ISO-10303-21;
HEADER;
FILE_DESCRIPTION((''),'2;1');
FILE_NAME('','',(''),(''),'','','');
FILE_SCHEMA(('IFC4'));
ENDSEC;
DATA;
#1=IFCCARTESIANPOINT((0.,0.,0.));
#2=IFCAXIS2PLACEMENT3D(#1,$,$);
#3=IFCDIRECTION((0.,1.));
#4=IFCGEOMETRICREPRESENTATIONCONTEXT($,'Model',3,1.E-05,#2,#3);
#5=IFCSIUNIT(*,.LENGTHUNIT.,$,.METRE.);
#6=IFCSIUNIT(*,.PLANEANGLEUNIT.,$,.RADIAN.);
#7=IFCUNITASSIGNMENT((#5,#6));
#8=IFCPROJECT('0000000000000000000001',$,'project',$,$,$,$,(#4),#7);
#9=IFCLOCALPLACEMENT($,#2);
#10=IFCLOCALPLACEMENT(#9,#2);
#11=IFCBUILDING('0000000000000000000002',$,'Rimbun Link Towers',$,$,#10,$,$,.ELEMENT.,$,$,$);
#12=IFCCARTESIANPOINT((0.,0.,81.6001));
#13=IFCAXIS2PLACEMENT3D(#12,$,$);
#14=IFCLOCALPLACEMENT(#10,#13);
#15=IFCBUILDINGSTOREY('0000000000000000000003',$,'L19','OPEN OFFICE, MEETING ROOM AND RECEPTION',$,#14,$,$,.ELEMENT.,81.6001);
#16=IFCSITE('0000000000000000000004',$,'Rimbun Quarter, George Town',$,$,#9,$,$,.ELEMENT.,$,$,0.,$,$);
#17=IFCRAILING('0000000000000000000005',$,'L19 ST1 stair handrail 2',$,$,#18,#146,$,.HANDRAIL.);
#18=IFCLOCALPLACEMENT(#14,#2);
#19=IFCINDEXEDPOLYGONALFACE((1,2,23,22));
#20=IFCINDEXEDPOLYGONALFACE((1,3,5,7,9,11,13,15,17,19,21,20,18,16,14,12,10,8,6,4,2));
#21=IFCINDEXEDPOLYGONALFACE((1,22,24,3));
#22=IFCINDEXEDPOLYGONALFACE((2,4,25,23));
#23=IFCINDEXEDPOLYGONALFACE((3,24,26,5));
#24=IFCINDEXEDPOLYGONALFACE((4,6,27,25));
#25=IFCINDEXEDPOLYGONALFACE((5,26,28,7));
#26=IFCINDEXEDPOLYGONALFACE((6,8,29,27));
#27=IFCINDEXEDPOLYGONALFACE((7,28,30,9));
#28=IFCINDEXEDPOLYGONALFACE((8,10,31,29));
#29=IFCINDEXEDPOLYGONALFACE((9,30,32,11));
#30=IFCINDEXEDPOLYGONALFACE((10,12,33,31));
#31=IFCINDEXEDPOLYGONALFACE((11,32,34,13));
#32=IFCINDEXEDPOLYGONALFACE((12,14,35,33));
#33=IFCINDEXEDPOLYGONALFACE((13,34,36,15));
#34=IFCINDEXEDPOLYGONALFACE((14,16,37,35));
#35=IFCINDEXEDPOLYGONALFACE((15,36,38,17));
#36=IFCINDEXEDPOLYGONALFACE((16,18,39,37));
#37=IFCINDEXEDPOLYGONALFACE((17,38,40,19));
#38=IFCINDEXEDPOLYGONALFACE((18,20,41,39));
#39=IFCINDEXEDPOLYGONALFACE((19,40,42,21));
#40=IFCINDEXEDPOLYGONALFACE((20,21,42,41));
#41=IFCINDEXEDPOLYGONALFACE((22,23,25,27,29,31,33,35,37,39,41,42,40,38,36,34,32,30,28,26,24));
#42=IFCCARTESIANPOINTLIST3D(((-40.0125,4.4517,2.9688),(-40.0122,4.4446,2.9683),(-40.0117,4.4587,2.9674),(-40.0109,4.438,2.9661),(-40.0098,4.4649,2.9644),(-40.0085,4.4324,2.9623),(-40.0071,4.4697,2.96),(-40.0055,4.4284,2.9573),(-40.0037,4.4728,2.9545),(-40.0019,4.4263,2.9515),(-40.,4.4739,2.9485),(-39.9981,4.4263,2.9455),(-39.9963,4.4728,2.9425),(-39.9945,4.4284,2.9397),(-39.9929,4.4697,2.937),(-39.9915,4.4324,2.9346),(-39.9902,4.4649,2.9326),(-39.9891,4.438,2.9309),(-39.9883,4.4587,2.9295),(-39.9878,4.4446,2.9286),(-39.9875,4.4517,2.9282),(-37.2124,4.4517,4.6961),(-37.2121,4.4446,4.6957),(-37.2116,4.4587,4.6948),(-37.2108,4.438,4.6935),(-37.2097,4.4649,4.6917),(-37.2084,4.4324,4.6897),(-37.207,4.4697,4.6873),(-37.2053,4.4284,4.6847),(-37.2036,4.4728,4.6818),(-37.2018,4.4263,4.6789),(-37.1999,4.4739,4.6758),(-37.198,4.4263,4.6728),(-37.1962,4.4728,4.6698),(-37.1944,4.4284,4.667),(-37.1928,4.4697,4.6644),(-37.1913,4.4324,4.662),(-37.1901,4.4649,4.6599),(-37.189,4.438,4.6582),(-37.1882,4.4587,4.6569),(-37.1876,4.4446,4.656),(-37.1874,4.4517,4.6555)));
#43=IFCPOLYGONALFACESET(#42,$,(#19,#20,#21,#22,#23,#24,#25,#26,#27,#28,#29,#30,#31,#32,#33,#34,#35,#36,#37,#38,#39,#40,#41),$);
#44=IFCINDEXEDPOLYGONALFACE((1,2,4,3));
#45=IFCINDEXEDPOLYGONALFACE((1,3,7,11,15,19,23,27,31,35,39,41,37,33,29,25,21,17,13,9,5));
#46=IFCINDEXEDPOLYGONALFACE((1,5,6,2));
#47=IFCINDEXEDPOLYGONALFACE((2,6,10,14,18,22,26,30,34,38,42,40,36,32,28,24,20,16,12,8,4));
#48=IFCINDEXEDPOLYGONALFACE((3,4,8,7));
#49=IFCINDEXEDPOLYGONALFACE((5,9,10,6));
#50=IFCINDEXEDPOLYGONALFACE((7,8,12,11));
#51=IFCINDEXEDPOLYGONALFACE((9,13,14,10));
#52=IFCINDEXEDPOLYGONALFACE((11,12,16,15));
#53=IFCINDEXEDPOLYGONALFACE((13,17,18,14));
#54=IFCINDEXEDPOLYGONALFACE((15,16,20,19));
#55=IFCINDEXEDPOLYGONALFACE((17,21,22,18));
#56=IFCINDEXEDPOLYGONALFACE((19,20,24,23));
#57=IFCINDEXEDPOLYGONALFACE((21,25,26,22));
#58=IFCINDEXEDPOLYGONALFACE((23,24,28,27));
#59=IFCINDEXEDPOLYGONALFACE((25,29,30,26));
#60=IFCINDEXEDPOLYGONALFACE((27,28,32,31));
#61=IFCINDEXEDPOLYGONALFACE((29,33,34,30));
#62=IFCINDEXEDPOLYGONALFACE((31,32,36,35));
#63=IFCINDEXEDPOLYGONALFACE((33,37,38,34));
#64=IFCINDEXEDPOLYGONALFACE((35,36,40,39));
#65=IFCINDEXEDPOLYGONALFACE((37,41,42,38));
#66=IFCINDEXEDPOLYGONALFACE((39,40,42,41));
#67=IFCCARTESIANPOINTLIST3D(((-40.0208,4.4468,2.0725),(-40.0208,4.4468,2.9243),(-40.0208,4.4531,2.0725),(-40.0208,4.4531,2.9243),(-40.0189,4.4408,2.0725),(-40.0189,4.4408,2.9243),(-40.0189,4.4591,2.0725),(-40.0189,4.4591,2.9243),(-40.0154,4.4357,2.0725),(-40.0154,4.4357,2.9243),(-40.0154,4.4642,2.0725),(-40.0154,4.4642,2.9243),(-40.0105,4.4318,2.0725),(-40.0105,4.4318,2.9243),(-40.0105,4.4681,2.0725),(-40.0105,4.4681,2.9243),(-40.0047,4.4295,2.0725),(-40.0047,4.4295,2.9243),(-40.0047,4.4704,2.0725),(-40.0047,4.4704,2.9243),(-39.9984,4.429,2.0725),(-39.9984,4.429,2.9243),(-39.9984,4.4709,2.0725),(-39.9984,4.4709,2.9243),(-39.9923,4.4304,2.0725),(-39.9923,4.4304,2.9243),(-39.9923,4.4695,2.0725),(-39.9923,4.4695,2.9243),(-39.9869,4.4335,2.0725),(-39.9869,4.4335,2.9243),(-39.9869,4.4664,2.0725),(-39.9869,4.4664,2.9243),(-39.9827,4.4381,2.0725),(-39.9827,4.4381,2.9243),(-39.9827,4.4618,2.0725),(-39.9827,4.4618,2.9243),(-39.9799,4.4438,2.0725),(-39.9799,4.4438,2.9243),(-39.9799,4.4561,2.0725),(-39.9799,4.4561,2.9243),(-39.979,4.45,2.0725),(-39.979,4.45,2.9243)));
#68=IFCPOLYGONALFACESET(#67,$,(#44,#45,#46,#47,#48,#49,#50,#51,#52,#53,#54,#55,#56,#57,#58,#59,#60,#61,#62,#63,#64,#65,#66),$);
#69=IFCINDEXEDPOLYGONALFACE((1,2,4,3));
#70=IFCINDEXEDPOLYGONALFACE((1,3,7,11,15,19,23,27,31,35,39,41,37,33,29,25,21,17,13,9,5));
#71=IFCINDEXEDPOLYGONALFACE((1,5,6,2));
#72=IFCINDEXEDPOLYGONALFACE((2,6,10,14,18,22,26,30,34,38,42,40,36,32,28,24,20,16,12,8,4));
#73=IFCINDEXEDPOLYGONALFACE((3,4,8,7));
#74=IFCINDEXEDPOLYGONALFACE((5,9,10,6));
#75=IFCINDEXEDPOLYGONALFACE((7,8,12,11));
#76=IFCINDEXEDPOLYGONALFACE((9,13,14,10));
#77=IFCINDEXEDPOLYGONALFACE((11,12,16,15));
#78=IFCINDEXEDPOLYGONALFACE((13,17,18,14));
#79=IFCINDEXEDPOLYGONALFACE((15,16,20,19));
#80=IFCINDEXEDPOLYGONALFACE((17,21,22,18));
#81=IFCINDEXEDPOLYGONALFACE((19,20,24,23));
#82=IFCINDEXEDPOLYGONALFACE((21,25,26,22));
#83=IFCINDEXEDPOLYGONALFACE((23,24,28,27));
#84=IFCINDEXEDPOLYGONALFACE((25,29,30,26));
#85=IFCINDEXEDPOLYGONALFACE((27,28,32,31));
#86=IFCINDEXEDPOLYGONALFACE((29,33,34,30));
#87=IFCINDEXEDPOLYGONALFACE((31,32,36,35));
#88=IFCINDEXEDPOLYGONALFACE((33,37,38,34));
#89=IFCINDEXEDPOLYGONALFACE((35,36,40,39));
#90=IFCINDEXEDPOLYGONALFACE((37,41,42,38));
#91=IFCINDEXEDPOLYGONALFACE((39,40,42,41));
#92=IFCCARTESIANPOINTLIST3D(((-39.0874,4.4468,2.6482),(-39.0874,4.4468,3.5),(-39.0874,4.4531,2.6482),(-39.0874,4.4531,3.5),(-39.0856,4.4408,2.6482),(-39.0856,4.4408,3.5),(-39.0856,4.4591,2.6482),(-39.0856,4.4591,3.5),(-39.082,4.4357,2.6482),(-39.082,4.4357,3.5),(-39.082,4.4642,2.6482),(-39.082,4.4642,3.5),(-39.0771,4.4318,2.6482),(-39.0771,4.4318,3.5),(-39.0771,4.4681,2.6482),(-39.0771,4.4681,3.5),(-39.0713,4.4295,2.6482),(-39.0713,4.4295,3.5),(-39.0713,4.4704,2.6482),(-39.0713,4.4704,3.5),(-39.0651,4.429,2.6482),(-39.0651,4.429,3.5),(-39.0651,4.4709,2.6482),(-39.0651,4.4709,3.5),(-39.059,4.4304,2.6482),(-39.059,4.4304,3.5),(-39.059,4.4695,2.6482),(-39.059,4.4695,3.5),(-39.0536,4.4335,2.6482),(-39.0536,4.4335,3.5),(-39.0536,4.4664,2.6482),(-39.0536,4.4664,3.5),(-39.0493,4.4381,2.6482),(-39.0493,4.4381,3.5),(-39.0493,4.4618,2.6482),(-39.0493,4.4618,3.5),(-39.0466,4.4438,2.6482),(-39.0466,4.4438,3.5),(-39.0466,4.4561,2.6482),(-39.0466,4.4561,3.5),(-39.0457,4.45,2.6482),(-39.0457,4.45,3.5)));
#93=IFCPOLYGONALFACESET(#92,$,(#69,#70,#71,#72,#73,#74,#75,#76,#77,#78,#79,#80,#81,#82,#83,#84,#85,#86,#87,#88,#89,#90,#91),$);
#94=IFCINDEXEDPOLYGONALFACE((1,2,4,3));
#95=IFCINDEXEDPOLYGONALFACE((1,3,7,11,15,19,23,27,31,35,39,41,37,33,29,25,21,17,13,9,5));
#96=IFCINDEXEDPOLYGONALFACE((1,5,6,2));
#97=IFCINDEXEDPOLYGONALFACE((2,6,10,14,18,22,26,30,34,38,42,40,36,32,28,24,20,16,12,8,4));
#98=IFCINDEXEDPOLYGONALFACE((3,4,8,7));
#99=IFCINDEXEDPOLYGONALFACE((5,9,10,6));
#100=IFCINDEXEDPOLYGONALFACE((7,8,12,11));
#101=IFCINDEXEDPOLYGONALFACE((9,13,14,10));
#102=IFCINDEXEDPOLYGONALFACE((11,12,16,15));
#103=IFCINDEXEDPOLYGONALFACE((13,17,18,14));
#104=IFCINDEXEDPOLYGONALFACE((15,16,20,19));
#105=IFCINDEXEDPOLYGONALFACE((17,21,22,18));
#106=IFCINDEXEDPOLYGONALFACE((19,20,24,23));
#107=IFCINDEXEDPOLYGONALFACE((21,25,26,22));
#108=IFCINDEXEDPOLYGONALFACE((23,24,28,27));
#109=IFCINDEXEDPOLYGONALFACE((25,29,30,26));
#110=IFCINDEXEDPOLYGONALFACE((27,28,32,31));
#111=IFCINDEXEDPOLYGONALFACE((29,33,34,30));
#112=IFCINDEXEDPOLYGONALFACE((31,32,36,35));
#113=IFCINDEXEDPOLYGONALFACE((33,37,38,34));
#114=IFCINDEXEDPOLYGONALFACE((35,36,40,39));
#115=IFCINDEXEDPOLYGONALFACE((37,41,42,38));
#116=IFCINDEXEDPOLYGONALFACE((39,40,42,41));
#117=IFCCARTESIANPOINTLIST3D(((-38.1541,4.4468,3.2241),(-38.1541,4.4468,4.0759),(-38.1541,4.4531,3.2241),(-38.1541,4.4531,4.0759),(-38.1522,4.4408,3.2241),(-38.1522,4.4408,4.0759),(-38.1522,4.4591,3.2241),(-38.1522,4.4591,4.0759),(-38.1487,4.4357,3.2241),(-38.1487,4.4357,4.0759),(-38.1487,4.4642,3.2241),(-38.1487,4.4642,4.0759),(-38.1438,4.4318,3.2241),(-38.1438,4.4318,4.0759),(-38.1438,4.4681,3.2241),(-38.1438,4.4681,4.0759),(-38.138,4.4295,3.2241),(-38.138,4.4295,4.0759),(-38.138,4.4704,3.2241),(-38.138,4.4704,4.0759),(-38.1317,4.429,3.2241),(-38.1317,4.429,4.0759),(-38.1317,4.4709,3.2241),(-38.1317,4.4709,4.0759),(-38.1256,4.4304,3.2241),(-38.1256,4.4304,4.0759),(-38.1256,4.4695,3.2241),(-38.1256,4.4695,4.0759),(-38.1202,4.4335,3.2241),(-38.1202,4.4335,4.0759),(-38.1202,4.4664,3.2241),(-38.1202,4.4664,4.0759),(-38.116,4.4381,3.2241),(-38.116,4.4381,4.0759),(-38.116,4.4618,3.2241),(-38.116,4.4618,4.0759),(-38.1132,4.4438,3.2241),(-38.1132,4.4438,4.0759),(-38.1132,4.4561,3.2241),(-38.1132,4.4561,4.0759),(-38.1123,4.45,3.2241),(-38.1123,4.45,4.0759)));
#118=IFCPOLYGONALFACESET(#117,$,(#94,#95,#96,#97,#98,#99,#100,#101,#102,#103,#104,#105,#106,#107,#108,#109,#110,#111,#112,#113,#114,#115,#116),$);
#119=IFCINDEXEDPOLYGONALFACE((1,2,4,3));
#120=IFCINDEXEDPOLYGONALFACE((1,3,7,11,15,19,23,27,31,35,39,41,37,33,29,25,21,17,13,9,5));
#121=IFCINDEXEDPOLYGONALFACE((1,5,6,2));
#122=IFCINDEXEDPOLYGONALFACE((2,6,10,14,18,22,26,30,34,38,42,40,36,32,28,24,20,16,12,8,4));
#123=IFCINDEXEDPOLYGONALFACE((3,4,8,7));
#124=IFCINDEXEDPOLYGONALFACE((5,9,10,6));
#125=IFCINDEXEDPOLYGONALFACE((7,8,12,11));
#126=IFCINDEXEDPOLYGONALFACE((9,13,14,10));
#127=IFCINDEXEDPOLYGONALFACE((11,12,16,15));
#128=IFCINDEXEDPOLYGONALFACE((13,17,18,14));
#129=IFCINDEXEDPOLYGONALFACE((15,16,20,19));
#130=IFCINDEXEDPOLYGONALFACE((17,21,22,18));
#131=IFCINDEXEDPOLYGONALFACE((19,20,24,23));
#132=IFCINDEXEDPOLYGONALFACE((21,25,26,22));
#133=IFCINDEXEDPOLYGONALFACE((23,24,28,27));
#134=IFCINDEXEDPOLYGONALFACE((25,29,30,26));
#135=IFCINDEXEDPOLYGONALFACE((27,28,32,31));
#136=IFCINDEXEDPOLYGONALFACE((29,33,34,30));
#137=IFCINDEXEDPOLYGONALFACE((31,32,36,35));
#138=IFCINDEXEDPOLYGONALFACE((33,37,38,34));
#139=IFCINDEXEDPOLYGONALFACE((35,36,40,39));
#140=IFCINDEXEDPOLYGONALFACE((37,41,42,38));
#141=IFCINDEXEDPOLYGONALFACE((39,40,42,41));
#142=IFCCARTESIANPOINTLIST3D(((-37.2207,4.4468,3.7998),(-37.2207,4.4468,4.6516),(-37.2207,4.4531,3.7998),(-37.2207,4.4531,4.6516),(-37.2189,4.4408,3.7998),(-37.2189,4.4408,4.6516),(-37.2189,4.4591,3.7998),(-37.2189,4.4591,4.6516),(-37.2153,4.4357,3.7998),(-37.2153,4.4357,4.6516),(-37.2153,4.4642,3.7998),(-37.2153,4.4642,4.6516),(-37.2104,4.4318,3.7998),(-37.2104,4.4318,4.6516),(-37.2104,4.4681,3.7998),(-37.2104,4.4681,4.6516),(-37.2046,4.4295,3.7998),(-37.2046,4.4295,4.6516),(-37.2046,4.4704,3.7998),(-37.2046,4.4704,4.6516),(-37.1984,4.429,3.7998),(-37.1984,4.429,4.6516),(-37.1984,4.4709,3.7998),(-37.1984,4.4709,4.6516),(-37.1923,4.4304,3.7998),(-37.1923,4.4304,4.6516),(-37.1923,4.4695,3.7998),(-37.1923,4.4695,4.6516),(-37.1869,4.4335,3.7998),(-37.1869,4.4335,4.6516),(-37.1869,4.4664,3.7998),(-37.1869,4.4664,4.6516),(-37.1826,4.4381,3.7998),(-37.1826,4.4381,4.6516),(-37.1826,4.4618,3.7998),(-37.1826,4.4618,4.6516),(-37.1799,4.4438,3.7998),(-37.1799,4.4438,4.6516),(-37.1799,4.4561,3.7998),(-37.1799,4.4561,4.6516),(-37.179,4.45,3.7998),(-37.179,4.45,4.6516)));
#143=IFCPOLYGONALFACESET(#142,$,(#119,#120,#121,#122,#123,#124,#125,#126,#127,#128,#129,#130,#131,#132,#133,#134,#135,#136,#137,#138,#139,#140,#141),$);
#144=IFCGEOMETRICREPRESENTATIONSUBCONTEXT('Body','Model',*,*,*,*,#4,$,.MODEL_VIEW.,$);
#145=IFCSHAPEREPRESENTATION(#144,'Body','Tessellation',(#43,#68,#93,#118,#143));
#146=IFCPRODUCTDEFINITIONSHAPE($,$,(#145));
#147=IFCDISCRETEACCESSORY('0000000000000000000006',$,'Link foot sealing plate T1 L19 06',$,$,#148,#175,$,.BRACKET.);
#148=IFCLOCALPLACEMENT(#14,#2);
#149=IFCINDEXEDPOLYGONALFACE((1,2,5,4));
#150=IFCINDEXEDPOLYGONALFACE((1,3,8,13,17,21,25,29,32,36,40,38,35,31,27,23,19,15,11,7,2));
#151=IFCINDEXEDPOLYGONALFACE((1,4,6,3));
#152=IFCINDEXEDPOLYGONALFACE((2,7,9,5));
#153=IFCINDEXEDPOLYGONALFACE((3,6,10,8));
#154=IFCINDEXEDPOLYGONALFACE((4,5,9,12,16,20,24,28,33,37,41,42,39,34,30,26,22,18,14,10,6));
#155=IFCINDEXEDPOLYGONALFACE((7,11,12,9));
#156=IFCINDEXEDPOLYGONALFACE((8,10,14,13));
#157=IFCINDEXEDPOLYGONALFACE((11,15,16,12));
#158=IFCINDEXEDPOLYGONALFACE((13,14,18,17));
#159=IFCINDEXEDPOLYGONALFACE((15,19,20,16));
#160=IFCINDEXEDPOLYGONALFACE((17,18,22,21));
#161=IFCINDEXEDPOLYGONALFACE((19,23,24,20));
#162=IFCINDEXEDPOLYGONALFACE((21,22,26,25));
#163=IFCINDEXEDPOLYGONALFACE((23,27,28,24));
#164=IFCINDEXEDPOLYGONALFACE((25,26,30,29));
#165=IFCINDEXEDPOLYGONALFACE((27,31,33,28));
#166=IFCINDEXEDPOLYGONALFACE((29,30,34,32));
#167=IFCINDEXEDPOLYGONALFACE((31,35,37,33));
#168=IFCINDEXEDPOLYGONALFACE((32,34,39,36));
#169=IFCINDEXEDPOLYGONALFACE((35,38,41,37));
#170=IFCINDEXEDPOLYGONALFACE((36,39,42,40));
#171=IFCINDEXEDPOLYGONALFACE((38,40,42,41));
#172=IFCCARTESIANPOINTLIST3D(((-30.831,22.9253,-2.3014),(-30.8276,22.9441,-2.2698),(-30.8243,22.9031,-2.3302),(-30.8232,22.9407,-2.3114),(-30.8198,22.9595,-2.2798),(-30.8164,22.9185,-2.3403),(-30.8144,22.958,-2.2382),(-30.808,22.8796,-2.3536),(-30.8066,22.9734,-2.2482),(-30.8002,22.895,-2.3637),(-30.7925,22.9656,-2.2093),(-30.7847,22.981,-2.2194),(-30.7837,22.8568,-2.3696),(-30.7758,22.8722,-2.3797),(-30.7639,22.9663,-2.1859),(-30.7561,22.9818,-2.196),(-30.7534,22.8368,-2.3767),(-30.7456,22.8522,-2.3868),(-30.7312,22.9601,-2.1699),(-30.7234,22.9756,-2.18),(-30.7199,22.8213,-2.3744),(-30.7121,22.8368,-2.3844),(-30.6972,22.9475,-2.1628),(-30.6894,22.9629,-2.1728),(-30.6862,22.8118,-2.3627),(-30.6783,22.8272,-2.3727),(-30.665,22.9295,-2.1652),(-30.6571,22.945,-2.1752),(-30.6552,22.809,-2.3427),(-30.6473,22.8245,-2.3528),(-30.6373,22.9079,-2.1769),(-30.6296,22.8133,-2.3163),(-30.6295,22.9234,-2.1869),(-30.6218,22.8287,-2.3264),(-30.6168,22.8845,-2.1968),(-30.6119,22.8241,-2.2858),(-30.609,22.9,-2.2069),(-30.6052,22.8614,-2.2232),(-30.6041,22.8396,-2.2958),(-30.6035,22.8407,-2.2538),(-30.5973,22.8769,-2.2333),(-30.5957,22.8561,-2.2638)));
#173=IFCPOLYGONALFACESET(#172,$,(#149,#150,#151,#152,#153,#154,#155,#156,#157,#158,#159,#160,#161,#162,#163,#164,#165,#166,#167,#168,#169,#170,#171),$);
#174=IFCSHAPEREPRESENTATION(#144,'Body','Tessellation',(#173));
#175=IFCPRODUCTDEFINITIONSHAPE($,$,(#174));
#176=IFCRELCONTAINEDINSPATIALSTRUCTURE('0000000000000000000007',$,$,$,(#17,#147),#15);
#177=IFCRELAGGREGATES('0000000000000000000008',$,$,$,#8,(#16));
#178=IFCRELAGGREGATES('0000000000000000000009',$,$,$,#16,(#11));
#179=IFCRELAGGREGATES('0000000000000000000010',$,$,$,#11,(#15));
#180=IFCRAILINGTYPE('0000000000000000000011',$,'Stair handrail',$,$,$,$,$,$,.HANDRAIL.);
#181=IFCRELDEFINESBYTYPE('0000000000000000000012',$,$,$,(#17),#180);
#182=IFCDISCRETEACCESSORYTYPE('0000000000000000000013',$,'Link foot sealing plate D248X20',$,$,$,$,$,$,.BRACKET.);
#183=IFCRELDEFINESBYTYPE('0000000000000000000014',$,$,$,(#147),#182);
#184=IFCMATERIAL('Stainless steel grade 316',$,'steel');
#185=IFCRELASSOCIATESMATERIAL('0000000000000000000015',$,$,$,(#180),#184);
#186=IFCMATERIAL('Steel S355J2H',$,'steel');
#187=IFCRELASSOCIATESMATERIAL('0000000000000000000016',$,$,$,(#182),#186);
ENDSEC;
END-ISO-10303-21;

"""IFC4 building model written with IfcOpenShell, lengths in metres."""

from ifc_helpers import new_model, si_unit, direction, frame, origin, origin_2d, place, context, subcontext, project, spatial, circle, extrude, material, material_profile, profile_set, type_object, element, save


model = new_model("IFC4")

# Units and contexts
model_context = context("Model", 3, precision=1e-05, world=origin(), true_north=direction((0.0, 1.0)))
body_context = subcontext(model_context, "Body", "Model", "MODEL_VIEW")
ifc_project = project(units=[si_unit("LENGTHUNIT", "METRE"), si_unit("PLANEANGLEUNIT", "RADIAN")], contexts=[model_context])

# Site, building, storey
site_placement = place(None, origin())
site = spatial("IfcSite", under=ifc_project, at=site_placement, Name="Rimbun Quarter, George Town", CompositionType="ELEMENT", RefElevation=0.0)
building_placement = place(site_placement, origin())
building = spatial("IfcBuilding", under=site, at=building_placement, Name="Rimbun Link Towers", CompositionType="ELEMENT")
storey_placement = place(building_placement, frame((0.0, 0.0, 81.6001)))
storey = spatial("IfcBuildingStorey", under=building, at=storey_placement, Name="L19", Description="OPEN OFFICE, MEETING ROOM AND RECEPTION", CompositionType="ELEMENT", Elevation=81.6001)

# Railing
ifc_material_1 = material(Name="Stainless steel grade 316", Category="steel")
railing_type_1 = type_object("IfcRailingType", Name="Stair handrail", PredefinedType="HANDRAIL", material=ifc_material_1)
railing_1_placement = place(storey_placement, frame((-40.0, 4.45, 2.0725)))
element("IfcRailing", 1, at=railing_1_placement, inside=storey, type_object=railing_type_1, Name="L19 ST1 stair handrail 2", PredefinedType="HANDRAIL", context=body_context, shape_type="SweptSolid", body=[
    extrude(circle(Radius=0.0239, at=origin_2d()), frame((0.0, 0.0, 0.876), z_axis=(0.85109, 0.0, 0.52502), x_axis=(0.0, 1.0, 0.0)), (0.0, 0.0, 1.0), 3.29),
    extrude(circle(Radius=0.021, at=origin_2d()), origin(), (0.0, 0.0, 1.0), 0.8518),
    extrude(circle(Radius=0.021, at=origin_2d()), frame((0.9333, 0.0, 0.5757)), (0.0, 0.0, 1.0), 0.8518),
    extrude(circle(Radius=0.021, at=origin_2d()), frame((1.8667, 0.0, 1.1516)), (0.0, 0.0, 1.0), 0.8518),
    extrude(circle(Radius=0.021, at=origin_2d()), frame((2.8, 0.0, 1.7273)), (0.0, 0.0, 1.0), 0.8518),
])

# Discrete accessory
ifc_material_2 = material(Name="Steel S355J2H", Category="steel")
ifc_material_profile_1 = material_profile(ifc_material_2, circle(Radius=0.124, at=origin_2d()), Name="PL D248")
ifc_profile_set_1 = profile_set([ifc_material_profile_1], Name="Steel S355J2H")
discrete_accessory_type = type_object("IfcDiscreteAccessoryType", Name="Link foot sealing plate D248X20", PredefinedType="BRACKET", material=ifc_profile_set_1)
discrete_accessory_placement = place(storey_placement, frame((-30.717, 22.8879, -2.2698), z_axis=(0.391703, 0.771165, -0.501869), x_axis=(-0.891579, 0.452865, 0.0)))
element("IfcDiscreteAccessory", 2, at=discrete_accessory_placement, inside=storey, type_object=discrete_accessory_type, Name="Link foot sealing plate T1 L19 06", PredefinedType="BRACKET", context=body_context, shape_type="SweptSolid", body=[
    extrude(circle(Radius=0.124, at=origin_2d()), origin(), (0.0, 0.0, 1.0), 0.02),
])

save(model, "model.ifc")
